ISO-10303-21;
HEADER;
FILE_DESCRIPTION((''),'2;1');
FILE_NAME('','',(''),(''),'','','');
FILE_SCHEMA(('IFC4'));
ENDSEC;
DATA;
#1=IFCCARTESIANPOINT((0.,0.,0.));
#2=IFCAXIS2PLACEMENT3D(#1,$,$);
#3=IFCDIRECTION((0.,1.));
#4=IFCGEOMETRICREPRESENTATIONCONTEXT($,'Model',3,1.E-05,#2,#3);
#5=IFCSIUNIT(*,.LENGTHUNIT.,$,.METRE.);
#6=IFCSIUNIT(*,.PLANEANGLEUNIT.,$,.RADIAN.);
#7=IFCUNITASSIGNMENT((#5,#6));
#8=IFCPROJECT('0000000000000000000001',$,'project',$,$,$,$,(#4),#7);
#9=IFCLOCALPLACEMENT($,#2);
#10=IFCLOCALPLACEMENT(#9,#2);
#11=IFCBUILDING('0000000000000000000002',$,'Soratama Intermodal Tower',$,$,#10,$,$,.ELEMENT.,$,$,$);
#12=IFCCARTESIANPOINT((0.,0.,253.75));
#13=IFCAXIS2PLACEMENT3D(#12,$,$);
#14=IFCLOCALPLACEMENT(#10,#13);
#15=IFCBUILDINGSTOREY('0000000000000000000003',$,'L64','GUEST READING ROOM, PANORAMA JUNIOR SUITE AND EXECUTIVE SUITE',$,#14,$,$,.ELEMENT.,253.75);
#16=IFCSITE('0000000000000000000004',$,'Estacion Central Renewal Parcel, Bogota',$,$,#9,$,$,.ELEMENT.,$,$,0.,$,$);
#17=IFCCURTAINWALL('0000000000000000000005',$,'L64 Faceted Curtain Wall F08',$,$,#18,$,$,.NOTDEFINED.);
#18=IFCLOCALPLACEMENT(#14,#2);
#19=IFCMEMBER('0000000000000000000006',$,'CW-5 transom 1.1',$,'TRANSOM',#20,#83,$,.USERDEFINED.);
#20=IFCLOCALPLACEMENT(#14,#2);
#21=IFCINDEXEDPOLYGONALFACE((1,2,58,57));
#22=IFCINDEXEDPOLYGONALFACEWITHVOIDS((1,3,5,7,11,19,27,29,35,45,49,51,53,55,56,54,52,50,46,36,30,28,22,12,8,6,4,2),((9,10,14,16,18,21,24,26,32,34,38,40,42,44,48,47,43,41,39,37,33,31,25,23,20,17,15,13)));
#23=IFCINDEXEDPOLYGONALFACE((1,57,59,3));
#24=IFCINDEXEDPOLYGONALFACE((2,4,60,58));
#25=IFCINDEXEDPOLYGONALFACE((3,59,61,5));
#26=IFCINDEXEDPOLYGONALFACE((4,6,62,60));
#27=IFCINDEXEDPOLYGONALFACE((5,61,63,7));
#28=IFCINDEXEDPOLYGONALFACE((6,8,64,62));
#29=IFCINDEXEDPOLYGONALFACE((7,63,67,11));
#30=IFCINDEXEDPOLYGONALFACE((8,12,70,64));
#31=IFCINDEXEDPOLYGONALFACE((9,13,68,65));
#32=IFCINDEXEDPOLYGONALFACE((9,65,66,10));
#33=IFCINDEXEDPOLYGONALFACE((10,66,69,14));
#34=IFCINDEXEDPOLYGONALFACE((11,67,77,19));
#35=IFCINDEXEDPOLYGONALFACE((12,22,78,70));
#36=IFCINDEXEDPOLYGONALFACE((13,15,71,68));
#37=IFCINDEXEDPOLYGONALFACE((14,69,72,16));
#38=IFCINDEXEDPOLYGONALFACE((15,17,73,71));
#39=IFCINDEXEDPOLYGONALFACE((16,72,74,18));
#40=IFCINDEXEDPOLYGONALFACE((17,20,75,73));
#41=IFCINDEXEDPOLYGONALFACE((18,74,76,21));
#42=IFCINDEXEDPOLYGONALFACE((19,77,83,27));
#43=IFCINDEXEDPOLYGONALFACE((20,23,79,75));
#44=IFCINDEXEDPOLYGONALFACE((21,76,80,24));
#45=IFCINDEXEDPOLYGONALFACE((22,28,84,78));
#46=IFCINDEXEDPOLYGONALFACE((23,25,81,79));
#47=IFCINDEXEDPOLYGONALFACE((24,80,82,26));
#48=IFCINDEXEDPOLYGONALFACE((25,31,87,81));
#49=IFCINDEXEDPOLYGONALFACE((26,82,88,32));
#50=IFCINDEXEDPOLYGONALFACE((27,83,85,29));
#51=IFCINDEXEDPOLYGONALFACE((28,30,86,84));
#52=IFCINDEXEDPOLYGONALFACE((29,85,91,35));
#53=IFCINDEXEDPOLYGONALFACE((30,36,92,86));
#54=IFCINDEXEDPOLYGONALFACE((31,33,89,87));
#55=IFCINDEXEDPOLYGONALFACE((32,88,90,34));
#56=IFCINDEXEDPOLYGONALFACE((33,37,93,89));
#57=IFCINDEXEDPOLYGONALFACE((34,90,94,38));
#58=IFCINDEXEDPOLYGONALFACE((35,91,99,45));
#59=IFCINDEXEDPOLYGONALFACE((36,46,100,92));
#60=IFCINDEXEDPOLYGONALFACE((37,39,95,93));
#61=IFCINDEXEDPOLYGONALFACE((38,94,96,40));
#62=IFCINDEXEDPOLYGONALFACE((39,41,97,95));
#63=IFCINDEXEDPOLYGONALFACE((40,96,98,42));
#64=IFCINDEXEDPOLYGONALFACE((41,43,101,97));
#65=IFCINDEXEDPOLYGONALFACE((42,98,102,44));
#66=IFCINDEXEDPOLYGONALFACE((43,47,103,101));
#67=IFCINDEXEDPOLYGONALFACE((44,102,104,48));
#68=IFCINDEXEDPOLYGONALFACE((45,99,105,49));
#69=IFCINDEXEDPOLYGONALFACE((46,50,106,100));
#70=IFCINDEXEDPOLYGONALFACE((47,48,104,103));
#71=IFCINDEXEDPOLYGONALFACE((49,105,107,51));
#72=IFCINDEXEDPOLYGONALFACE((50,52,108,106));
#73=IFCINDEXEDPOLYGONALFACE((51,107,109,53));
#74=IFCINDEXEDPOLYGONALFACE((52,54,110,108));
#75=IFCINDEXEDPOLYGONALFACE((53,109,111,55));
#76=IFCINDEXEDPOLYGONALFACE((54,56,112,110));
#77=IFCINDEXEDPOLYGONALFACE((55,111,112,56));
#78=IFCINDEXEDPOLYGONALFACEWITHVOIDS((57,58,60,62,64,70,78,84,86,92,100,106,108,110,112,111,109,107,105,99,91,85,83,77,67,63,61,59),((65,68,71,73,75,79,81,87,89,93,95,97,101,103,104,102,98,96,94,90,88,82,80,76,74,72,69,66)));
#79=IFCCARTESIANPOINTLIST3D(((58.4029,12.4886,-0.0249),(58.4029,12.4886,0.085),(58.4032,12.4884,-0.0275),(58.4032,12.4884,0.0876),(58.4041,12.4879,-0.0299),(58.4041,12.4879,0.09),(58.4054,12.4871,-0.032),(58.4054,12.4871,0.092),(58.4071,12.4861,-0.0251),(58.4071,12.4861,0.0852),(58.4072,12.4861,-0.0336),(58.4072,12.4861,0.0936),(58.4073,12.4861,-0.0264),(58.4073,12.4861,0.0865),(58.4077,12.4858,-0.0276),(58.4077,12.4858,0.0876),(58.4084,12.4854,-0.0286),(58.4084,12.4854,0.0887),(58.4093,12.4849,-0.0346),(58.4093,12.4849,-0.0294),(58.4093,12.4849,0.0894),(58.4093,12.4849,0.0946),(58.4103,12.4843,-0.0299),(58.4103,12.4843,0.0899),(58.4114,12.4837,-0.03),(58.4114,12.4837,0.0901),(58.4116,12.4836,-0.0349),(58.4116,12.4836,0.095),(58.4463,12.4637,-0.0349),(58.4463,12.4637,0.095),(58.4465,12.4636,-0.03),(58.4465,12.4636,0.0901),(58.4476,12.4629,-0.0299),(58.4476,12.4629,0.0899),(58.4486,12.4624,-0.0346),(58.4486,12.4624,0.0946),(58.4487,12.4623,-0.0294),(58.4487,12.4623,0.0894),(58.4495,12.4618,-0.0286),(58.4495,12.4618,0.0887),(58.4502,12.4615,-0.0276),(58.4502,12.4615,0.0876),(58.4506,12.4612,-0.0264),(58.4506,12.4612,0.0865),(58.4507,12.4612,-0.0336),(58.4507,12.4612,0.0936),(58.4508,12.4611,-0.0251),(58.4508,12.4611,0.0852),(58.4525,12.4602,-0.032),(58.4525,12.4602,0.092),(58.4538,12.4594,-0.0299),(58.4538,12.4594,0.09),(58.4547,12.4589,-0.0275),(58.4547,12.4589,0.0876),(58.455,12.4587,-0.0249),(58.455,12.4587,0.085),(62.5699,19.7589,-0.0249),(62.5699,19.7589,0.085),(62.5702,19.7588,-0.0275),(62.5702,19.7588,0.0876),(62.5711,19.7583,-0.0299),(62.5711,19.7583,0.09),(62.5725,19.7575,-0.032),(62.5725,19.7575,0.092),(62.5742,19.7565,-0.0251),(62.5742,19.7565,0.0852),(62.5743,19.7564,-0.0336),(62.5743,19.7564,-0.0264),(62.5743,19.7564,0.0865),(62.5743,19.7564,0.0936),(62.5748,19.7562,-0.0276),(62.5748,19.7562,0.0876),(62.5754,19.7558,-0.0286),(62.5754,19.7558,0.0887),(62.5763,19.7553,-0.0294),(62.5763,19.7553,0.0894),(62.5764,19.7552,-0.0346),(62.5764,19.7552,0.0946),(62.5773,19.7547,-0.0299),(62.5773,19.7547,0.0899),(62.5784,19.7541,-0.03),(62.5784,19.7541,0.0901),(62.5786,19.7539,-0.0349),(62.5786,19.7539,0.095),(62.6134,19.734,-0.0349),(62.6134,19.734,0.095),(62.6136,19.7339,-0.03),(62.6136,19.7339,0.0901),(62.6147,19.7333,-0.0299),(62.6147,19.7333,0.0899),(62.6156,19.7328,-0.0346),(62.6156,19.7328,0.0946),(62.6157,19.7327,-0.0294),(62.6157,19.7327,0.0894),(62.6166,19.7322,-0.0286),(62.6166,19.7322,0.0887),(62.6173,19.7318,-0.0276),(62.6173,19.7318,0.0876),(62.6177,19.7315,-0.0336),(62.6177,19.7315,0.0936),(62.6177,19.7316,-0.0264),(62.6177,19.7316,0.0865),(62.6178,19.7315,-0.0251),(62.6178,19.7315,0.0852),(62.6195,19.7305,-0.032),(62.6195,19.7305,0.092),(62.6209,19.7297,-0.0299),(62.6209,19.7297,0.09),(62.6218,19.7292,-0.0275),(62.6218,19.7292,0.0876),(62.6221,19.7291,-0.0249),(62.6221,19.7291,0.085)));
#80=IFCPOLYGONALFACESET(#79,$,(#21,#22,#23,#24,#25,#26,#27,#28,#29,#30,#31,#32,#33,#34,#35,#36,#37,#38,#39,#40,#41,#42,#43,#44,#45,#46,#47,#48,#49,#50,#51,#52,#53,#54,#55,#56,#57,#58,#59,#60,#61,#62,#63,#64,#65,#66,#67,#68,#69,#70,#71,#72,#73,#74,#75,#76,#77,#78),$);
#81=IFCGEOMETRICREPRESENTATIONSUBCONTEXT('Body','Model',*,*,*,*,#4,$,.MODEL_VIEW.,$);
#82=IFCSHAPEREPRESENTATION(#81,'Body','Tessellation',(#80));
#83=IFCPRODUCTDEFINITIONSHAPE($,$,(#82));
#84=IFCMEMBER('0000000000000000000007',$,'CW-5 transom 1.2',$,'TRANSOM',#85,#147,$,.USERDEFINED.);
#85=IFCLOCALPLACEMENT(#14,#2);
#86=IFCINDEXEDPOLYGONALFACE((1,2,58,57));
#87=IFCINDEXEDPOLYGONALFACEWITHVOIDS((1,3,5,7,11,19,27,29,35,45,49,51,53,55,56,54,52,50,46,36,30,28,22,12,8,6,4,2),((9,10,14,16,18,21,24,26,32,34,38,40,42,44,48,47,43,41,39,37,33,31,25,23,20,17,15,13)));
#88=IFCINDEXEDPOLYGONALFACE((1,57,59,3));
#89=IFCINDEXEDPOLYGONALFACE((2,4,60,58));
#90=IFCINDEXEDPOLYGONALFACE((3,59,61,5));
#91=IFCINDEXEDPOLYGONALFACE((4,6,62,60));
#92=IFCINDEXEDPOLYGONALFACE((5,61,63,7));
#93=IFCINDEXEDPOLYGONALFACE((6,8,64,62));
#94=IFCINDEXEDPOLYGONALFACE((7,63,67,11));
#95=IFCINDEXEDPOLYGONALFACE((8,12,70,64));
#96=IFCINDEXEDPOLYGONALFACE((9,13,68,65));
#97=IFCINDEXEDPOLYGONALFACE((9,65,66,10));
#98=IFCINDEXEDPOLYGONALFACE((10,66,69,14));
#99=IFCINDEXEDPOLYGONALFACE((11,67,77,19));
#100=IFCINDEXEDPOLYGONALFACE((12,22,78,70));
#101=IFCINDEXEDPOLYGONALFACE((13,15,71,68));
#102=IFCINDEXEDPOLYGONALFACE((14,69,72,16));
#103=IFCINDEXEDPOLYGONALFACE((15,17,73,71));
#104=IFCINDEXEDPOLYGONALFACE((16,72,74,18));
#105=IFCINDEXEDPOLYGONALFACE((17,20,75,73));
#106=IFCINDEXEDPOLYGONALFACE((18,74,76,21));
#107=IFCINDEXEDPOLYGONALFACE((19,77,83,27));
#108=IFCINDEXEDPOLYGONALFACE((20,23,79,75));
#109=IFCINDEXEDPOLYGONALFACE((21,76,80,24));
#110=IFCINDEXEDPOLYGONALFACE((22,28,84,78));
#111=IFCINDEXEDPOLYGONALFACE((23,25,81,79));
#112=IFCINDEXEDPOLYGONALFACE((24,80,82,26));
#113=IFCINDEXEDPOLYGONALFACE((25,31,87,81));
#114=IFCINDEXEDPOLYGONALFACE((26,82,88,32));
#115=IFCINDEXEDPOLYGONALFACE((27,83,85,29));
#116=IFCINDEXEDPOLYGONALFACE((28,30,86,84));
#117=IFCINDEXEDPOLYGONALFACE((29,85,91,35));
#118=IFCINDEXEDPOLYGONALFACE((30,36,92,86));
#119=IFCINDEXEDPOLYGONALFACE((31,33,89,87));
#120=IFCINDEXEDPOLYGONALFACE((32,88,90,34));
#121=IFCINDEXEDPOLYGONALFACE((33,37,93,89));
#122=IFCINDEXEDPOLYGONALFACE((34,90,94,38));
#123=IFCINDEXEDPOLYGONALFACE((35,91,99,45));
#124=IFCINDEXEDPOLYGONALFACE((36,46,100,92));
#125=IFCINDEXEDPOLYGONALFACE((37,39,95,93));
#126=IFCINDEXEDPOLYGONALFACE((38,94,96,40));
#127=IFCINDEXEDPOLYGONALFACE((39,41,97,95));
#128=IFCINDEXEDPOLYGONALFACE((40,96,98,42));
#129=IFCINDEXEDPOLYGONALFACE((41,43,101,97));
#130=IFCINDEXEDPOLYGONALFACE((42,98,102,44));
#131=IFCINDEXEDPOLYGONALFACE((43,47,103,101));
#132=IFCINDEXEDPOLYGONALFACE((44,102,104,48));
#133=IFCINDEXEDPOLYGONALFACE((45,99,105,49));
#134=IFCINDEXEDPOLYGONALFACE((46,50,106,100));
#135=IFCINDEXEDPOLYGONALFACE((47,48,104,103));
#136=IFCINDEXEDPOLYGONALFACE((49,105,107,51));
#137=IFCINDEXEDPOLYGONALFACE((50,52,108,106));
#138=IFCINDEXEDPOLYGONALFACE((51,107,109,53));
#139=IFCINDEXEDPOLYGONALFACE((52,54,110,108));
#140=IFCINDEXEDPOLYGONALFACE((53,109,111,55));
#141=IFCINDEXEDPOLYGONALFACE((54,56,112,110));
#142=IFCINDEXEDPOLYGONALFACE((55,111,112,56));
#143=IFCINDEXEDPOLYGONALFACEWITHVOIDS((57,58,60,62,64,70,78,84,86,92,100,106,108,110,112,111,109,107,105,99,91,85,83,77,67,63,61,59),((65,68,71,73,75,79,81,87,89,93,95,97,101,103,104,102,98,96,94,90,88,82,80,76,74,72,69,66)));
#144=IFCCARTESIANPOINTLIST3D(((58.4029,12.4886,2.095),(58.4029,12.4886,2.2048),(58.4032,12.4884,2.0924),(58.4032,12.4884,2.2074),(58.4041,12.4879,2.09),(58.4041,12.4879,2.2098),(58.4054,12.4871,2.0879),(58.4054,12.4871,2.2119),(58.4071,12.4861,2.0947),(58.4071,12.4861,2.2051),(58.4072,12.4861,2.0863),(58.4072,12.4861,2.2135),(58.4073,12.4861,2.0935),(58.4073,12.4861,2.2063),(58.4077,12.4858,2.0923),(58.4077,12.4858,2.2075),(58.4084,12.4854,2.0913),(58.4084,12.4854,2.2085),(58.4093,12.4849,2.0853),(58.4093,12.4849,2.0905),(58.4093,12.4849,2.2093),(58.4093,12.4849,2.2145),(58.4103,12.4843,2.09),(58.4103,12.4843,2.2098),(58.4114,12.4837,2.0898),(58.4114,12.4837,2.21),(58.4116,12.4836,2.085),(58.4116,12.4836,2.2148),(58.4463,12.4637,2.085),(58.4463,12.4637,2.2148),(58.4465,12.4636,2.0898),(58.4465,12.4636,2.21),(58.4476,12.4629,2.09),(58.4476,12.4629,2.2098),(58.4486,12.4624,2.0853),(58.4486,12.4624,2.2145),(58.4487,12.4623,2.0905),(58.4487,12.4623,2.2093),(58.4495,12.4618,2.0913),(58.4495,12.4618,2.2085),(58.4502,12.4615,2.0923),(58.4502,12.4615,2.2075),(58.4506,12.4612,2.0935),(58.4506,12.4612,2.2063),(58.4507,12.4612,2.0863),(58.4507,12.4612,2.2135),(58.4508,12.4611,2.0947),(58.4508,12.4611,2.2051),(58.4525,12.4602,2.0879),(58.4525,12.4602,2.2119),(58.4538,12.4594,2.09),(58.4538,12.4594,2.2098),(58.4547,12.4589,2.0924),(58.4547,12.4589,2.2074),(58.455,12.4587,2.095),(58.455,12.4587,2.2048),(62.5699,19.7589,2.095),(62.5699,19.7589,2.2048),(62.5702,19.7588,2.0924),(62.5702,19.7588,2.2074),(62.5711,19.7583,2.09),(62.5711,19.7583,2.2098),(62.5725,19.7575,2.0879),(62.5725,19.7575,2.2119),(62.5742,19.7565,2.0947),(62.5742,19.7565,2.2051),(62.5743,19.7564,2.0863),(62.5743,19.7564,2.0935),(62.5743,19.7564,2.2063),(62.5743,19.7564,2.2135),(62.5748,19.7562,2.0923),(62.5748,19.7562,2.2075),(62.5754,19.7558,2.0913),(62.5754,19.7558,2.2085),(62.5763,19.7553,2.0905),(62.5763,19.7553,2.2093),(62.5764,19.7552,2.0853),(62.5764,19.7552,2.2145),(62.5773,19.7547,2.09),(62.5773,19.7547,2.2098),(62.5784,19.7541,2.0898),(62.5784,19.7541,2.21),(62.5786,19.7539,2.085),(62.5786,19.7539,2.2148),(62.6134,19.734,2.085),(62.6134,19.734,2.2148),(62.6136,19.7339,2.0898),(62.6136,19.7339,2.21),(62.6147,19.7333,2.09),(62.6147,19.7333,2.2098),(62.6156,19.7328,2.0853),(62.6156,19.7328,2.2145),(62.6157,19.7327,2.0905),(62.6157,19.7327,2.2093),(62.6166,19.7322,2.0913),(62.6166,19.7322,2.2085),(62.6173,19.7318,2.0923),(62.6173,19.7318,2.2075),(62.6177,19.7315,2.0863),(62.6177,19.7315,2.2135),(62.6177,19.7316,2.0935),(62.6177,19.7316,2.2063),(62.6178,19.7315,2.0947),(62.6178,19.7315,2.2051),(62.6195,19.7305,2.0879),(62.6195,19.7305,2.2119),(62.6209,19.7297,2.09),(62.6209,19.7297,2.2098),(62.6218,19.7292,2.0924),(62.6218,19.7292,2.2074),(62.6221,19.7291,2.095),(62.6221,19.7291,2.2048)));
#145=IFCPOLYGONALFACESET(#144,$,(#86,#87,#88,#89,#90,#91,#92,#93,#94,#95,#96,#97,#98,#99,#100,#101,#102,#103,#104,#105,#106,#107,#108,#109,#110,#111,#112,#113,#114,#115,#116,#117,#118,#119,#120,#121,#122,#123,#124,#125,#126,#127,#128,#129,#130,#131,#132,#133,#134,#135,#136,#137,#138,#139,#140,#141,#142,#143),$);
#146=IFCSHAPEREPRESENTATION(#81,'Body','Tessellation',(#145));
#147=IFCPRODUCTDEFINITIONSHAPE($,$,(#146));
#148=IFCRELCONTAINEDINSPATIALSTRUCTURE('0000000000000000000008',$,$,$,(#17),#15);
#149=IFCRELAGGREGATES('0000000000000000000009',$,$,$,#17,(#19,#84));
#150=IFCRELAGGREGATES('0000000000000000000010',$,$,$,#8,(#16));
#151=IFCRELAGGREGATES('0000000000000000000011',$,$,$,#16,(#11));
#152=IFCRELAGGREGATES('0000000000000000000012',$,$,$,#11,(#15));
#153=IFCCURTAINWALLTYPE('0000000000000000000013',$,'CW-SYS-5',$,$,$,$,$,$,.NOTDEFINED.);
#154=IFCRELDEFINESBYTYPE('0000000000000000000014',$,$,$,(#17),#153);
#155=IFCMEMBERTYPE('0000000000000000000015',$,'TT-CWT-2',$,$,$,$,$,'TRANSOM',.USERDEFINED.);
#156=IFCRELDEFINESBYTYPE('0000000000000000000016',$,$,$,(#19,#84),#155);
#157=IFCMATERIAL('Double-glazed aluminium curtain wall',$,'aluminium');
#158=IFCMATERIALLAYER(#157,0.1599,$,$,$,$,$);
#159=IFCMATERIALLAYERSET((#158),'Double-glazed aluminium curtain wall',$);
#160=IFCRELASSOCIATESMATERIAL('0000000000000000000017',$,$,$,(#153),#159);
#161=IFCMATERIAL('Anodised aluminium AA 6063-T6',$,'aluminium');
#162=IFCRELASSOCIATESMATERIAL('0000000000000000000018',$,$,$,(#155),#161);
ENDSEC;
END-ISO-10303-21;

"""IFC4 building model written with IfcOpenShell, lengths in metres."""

from ifc_helpers import new_model, si_unit, direction, frame, origin, origin_2d, place, context, subcontext, project, spatial, hollow_rectangle, extrude, material, layer, layer_set, material_profile, profile_set, type_object, element, aggregate, save


model = new_model("IFC4")

# Units and contexts
model_context = context("Model", 3, precision=1e-05, world=origin(), true_north=direction((0.0, 1.0)))
body_context = subcontext(model_context, "Body", "Model", "MODEL_VIEW")
ifc_project = project(units=[si_unit("LENGTHUNIT", "METRE"), si_unit("PLANEANGLEUNIT", "RADIAN")], contexts=[model_context])

# Site, building, storey
site_placement = place(None, origin())
site = spatial("IfcSite", under=ifc_project, at=site_placement, Name="Estacion Central Renewal Parcel, Bogota", CompositionType="ELEMENT", RefElevation=0.0)
building_placement = place(site_placement, origin())
building = spatial("IfcBuilding", under=site, at=building_placement, Name="Soratama Intermodal Tower", CompositionType="ELEMENT")
storey_placement = place(building_placement, frame((0.0, 0.0, 253.75)))
storey = spatial("IfcBuildingStorey", under=building, at=storey_placement, Name="L64", Description="GUEST READING ROOM, PANORAMA JUNIOR SUITE AND EXECUTIVE SUITE", CompositionType="ELEMENT", Elevation=253.75)

# Shared definitions
ifc_material_1 = material(Name="Double-glazed aluminium curtain wall", Category="aluminium")
ifc_layer_1 = layer(ifc_material_1, 0.1599)
ifc_layer_set_1 = layer_set([ifc_layer_1], Name="Double-glazed aluminium curtain wall")
curtain_wall_type = type_object("IfcCurtainWallType", Name="CW-SYS-5", PredefinedType="NOTDEFINED", material=ifc_layer_set_1)

# Curtain wall, members
curtain_wall_1_placement = place(storey_placement, origin())
curtain_wall_1 = element("IfcCurtainWall", 1, at=curtain_wall_1_placement, inside=storey, type_object=curtain_wall_type, Name="L64 Faceted Curtain Wall F08", PredefinedType="NOTDEFINED")
ifc_material_2 = material(Name="Anodised aluminium AA 6063-T6", Category="aluminium")
ifc_material_profile_1 = material_profile(ifc_material_2, hollow_rectangle(XDim=0.0601, YDim=0.1299, WallThickness=0.0049, InnerFilletRadius=0.0049, OuterFilletRadius=0.01, at=origin_2d()), Name="CWT130X60X5")
ifc_profile_set_1 = profile_set([ifc_material_profile_1], Name="Anodised aluminium AA 6063-T6")
member_type_1 = type_object("IfcMemberType", Name="TT-CWT-2", ElementType="TRANSOM", PredefinedType="USERDEFINED", material=ifc_profile_set_1)
member_1_placement = place(storey_placement, frame((58.429, 12.4736, 0.03), z_axis=(0.497268, 0.867597, 0.0), x_axis=(-0.867597, 0.497268, 0.0)))
member_1 = element("IfcMember", 2, at=member_1_placement, type_object=member_type_1, Name="CW-5 transom 1.1", ObjectType="TRANSOM", PredefinedType="USERDEFINED", context=body_context, shape_type="SweptSolid", body=[
    extrude(hollow_rectangle(XDim=0.0601, YDim=0.1299, WallThickness=0.0049, InnerFilletRadius=0.0049, OuterFilletRadius=0.01, at=origin_2d()), origin(), (0.0, 0.0, 1.0), 8.3799),
])
member_2_placement = place(storey_placement, frame((58.429, 12.4736, 2.1499), z_axis=(0.497268, 0.867597, 0.0), x_axis=(-0.867597, 0.497268, 0.0)))
member_2 = element("IfcMember", 3, at=member_2_placement, type_object=member_type_1, Name="CW-5 transom 1.2", ObjectType="TRANSOM", PredefinedType="USERDEFINED", context=body_context, shape_type="SweptSolid", body=[
    extrude(hollow_rectangle(XDim=0.0601, YDim=0.1299, WallThickness=0.0049, InnerFilletRadius=0.0049, OuterFilletRadius=0.01, at=origin_2d()), origin(), (0.0, 0.0, 1.0), 8.3799),
])
aggregate(curtain_wall_1, [member_1, member_2])

save(model, "model.ifc")
